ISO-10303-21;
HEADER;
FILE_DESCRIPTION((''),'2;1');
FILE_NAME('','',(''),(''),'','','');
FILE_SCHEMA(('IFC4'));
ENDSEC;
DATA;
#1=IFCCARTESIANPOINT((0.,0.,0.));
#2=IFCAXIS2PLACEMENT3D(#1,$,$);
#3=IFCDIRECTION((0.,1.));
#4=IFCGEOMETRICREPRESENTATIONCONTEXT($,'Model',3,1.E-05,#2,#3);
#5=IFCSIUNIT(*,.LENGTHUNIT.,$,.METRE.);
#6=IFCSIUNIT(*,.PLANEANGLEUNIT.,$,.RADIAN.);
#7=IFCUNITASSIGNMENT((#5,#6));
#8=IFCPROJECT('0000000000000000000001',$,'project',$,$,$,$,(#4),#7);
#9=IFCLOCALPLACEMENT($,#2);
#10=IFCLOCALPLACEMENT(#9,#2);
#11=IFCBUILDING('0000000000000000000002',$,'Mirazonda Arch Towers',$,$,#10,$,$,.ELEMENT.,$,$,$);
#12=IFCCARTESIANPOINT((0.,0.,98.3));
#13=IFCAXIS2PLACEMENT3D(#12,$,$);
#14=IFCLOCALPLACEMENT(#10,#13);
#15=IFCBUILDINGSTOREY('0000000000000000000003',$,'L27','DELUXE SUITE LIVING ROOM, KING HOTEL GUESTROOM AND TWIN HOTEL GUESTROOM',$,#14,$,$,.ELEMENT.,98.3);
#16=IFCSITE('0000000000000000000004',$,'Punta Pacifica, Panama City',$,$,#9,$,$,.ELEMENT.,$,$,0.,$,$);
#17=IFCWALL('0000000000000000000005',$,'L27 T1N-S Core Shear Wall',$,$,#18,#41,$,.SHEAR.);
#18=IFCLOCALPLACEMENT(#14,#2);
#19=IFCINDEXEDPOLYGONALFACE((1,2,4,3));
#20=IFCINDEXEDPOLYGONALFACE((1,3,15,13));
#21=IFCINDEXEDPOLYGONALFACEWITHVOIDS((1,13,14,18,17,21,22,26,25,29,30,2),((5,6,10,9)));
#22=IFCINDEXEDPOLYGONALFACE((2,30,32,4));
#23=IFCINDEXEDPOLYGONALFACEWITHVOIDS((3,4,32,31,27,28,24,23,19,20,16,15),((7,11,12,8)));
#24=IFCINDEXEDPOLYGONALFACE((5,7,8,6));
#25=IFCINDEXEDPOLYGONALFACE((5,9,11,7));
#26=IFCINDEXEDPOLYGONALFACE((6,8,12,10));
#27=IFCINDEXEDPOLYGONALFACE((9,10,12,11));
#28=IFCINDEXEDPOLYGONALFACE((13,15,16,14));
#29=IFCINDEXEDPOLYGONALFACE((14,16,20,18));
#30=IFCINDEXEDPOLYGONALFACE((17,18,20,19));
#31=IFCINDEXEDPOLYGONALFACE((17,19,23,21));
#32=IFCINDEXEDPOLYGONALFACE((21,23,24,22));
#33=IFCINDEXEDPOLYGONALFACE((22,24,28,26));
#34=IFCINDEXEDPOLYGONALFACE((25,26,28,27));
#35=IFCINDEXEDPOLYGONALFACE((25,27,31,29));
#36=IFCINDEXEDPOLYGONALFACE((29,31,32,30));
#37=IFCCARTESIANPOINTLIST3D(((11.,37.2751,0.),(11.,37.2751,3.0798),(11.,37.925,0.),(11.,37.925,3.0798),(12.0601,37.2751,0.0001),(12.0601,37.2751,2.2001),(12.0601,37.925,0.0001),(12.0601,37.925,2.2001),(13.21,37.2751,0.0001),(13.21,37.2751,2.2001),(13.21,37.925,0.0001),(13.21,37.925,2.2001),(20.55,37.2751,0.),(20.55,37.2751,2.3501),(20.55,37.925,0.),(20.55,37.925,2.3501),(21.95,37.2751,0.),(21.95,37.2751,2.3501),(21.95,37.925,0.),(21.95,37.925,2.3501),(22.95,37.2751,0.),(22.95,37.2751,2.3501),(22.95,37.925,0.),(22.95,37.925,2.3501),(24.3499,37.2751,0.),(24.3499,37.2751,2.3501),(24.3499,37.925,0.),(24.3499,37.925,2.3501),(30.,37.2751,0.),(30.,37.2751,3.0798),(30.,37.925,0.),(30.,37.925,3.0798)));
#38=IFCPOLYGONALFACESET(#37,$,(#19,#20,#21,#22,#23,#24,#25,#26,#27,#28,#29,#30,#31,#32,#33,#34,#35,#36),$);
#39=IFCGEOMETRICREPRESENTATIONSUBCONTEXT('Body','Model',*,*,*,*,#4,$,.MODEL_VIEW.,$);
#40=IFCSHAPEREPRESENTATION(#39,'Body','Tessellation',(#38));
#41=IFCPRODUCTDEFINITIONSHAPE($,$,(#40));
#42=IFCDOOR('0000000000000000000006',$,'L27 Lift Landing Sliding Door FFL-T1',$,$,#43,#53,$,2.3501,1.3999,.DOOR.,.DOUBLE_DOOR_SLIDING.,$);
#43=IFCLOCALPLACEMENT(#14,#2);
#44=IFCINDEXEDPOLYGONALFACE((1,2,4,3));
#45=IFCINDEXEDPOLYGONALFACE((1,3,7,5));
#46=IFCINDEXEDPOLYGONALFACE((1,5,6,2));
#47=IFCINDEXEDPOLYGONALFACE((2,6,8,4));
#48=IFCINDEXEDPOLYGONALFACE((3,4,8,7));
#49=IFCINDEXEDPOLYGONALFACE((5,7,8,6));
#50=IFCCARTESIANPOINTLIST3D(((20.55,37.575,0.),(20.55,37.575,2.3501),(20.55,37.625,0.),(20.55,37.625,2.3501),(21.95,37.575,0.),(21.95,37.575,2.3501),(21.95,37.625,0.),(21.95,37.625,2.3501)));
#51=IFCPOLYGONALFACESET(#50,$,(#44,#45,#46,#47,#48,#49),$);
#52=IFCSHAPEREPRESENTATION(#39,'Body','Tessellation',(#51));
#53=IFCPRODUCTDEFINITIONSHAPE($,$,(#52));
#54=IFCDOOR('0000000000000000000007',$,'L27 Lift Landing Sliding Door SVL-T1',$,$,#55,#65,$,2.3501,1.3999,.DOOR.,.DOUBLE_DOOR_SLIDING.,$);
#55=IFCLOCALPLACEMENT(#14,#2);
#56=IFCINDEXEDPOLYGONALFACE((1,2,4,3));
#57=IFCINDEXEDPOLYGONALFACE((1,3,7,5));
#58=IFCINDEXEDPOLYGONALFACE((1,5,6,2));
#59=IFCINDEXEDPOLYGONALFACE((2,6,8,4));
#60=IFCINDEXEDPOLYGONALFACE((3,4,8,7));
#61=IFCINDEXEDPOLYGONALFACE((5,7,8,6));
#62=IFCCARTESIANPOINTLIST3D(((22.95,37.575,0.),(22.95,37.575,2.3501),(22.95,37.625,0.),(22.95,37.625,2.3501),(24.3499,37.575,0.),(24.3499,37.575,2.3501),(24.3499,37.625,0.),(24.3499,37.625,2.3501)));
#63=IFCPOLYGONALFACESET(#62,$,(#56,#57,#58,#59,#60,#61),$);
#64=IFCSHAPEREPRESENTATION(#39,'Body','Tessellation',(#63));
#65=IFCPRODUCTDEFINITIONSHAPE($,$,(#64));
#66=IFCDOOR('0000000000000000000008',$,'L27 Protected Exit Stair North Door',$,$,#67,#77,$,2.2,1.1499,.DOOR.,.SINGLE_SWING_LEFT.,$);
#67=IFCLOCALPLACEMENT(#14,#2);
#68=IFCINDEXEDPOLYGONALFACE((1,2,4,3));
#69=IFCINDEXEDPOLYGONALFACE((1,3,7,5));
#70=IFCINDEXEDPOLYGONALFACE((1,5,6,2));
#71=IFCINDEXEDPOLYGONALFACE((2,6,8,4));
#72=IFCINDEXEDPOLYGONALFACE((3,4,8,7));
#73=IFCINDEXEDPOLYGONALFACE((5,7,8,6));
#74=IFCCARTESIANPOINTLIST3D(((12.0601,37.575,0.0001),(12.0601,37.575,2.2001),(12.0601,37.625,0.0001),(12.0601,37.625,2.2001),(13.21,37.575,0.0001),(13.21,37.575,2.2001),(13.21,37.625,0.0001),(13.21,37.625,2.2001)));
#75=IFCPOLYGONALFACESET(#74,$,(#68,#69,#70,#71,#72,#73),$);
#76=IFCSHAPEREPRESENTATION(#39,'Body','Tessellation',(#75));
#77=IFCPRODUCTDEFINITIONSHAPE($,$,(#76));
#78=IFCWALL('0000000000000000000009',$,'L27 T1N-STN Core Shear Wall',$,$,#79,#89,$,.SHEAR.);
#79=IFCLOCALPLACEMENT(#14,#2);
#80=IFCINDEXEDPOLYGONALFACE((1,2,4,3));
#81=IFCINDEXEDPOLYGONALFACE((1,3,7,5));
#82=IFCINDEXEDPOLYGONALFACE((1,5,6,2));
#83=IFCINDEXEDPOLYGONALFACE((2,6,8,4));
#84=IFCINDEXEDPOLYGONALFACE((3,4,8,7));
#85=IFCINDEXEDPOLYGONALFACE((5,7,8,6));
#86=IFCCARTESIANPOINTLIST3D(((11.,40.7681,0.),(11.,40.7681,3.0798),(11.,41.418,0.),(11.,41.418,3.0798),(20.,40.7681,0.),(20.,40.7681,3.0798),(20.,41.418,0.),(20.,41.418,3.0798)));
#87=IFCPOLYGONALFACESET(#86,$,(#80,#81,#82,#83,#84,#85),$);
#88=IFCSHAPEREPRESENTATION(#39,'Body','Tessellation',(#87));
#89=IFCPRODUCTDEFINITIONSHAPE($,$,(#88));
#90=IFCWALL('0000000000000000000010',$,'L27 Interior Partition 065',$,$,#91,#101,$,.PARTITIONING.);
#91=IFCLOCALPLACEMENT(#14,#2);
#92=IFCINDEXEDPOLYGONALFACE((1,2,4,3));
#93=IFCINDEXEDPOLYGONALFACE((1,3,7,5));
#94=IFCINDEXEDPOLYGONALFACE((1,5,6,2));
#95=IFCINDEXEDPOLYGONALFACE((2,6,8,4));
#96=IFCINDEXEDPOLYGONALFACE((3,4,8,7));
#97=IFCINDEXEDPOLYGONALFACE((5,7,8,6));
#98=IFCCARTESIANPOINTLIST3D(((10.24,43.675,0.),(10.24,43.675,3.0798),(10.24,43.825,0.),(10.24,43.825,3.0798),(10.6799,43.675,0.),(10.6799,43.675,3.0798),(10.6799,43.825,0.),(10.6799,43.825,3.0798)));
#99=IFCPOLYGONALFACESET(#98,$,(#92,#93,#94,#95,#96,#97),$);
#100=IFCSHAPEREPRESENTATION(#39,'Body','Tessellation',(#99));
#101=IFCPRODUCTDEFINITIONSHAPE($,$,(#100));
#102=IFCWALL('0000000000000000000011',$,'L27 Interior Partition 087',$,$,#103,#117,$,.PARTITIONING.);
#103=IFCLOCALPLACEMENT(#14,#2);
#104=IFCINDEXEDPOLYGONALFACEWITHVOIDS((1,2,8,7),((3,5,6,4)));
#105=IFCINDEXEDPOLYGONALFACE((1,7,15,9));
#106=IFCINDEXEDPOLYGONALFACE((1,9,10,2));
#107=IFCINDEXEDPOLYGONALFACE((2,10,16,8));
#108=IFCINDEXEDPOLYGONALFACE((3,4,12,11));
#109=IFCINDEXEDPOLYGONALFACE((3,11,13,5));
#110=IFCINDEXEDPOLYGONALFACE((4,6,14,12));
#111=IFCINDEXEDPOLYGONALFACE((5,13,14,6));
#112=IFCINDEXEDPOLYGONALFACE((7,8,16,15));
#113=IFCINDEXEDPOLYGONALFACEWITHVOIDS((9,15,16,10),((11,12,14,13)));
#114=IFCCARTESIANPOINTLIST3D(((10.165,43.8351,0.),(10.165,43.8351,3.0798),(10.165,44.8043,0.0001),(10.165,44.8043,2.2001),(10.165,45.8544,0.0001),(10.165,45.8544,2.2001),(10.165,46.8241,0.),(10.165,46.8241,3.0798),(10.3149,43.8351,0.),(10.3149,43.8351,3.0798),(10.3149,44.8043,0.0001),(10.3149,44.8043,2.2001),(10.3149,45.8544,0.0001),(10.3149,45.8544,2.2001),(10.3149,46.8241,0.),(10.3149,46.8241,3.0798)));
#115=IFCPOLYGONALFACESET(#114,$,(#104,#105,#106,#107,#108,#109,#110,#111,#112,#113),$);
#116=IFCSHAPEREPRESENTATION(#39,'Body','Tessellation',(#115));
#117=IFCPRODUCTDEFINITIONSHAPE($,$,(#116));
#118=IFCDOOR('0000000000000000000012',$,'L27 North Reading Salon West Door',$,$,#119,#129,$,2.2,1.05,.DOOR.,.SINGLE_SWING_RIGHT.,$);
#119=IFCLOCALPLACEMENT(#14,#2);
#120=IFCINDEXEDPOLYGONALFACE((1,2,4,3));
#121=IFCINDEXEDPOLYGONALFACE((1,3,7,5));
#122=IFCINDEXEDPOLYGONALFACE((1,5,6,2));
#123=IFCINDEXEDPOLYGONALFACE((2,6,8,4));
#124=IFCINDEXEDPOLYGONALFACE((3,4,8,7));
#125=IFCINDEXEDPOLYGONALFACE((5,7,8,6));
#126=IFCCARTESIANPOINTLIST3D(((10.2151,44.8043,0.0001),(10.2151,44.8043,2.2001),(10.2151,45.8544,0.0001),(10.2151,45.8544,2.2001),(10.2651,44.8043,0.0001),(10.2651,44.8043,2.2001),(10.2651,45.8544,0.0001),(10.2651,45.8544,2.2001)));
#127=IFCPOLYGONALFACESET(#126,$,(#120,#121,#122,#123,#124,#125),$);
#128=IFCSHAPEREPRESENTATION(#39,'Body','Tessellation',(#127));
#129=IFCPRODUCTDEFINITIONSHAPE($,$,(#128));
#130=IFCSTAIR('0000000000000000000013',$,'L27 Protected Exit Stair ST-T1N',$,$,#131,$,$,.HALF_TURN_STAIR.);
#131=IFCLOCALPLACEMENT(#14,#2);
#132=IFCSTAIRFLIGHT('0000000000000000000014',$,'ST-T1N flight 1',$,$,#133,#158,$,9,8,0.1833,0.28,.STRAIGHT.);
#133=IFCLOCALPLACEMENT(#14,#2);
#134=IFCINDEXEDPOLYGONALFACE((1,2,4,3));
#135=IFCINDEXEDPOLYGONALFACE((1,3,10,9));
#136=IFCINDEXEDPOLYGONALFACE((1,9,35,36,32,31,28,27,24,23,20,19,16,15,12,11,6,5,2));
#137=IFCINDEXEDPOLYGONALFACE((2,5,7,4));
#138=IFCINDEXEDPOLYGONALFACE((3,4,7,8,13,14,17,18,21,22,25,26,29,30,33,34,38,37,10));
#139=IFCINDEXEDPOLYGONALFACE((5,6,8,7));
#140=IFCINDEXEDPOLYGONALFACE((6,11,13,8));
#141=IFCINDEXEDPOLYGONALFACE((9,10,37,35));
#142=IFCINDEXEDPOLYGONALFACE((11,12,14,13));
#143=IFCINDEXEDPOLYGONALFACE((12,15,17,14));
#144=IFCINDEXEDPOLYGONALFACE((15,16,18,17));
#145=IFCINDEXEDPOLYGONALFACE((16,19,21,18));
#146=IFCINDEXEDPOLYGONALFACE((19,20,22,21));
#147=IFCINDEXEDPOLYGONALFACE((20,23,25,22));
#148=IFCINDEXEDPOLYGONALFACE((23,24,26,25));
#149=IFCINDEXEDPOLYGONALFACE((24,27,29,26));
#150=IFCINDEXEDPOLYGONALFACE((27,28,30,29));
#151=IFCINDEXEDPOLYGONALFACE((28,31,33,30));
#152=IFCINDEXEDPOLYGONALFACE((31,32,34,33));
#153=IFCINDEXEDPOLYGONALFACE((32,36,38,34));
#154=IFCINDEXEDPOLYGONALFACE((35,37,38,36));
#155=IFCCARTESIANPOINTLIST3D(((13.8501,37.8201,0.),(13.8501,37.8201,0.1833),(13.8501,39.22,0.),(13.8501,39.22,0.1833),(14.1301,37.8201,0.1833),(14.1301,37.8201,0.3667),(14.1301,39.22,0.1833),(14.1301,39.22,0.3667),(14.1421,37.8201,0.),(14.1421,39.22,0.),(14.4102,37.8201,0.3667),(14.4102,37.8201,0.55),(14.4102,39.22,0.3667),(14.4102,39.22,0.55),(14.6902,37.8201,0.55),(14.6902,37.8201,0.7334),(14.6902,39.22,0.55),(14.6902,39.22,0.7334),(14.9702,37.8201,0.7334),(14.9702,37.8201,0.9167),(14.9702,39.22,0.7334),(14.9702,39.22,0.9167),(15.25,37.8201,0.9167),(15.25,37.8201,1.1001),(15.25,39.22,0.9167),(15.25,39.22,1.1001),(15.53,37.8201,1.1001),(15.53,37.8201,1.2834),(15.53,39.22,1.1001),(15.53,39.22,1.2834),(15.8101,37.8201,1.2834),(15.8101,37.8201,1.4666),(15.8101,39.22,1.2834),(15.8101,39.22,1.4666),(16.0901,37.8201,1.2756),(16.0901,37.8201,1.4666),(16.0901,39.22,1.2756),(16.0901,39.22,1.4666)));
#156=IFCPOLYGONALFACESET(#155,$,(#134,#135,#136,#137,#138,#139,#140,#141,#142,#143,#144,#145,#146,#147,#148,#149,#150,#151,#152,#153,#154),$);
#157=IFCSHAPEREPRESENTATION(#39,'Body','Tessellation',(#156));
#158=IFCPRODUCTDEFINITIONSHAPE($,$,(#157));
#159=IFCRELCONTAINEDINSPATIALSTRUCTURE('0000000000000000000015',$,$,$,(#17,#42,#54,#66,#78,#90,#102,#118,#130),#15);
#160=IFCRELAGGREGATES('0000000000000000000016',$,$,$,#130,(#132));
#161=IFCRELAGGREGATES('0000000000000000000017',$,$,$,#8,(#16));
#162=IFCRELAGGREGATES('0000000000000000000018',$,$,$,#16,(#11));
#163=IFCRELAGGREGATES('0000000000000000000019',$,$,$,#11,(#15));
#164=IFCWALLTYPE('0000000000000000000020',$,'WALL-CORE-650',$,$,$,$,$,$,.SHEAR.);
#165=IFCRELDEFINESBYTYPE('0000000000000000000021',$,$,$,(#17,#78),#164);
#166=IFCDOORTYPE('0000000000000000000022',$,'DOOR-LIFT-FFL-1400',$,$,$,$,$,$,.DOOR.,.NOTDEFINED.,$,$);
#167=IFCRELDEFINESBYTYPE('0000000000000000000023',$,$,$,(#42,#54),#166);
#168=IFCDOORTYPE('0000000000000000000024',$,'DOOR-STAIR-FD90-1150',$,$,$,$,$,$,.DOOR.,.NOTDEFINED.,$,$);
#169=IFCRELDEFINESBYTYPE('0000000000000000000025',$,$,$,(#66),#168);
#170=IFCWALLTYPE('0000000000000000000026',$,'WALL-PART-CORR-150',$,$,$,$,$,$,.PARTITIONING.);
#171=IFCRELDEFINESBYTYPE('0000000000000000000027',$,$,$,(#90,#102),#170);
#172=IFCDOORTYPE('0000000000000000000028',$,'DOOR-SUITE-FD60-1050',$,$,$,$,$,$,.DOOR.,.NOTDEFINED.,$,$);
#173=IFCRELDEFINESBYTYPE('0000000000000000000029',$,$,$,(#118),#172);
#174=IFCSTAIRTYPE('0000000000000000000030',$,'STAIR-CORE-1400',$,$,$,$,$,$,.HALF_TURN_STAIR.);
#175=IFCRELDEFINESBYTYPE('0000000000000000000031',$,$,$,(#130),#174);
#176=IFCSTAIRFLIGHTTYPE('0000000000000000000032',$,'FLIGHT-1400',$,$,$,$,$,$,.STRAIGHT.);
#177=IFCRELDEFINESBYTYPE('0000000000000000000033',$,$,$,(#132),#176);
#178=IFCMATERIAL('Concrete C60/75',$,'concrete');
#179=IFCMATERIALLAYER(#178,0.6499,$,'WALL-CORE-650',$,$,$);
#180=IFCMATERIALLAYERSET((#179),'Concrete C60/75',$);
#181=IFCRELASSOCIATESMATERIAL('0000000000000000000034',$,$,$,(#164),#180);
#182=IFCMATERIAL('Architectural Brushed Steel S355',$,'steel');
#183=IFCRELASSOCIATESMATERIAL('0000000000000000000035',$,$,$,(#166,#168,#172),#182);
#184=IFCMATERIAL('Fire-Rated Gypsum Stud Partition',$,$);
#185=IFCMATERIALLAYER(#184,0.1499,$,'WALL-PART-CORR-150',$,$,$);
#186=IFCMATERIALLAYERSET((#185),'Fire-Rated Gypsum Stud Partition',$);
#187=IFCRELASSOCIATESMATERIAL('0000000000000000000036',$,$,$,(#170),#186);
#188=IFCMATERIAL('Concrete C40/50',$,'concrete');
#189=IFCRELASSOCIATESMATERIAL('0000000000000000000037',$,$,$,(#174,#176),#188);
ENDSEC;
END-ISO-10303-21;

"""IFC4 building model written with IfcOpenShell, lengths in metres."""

from ifc_helpers import new_model, si_unit, direction, frame, frame_2d, origin, place, context, subcontext, project, spatial, polyline, rectangle, outline, extrude, material, layer, layer_set, type_object, element, fill, aggregate, save


model = new_model("IFC4")

# Units and contexts
model_context = context("Model", 3, precision=1e-05, world=origin(), true_north=direction((0.0, 1.0)))
body_context = subcontext(model_context, "Body", "Model", "MODEL_VIEW")
ifc_project = project(units=[si_unit("LENGTHUNIT", "METRE"), si_unit("PLANEANGLEUNIT", "RADIAN")], contexts=[model_context])

# Site, building, storey
site_placement = place(None, origin())
site = spatial("IfcSite", under=ifc_project, at=site_placement, Name="Punta Pacifica, Panama City", CompositionType="ELEMENT", RefElevation=0.0)
building_placement = place(site_placement, origin())
building = spatial("IfcBuilding", under=site, at=building_placement, Name="Mirazonda Arch Towers", CompositionType="ELEMENT")
storey_placement = place(building_placement, frame((0.0, 0.0, 98.3)))
storey = spatial("IfcBuildingStorey", under=building, at=storey_placement, Name="L27", Description="DELUXE SUITE LIVING ROOM, KING HOTEL GUESTROOM AND TWIN HOTEL GUESTROOM", CompositionType="ELEMENT", Elevation=98.3)

# Shared definitions
ifc_material_1 = material(Name="Concrete C60/75", Category="concrete")
ifc_layer_1 = layer(ifc_material_1, 0.6499, Name="WALL-CORE-650")
ifc_layer_set_1 = layer_set([ifc_layer_1], Name="Concrete C60/75")
wall_type_1 = type_object("IfcWallType", Name="WALL-CORE-650", PredefinedType="SHEAR", material=ifc_layer_set_1)

# Wall, openings, doors
wall_1_placement = place(storey_placement, frame((11.0, 37.6001, 0.0), z_axis=(0.0, 0.0, 1.0), x_axis=(1.0, 0.0, 0.0)))
wall_1 = element("IfcWall", 1, at=wall_1_placement, inside=storey, type_object=wall_type_1, Name="L27 T1N-S Core Shear Wall", PredefinedType="SHEAR", context=body_context, shape_type="SweptSolid", body=[
    extrude(rectangle(XDim=19.0, YDim=0.6499, at=frame_2d((9.5, 0.0))), origin(), (0.0, 0.0, 1.0), 3.0798),
])
opening_1_placement = place(wall_1_placement, frame((1.0601, 0.0, 0.0)))
opening_1 = element("IfcOpeningElement", 2, at=opening_1_placement, cuts=wall_1, PredefinedType="OPENING", context=body_context, shape_type="SweptSolid", body=[
    extrude(rectangle(XDim=1.1499, YDim=2.2, at=frame_2d((0.575, 1.1001))), frame((0.0, 0.335, 0.0), z_axis=(0.0, -1.0, 0.0), x_axis=(1.0, 0.0, 0.0)), (0.0, 0.0, 1.0), 0.6699),
])
opening_2_placement = place(wall_1_placement, frame((9.55, 0.0, 0.0)))
opening_2 = element("IfcOpeningElement", 3, at=opening_2_placement, cuts=wall_1, PredefinedType="OPENING", context=body_context, shape_type="SweptSolid", body=[
    extrude(rectangle(XDim=1.3999, YDim=2.3501, at=frame_2d((0.7, 1.175))), frame((0.0, 0.335, 0.0), z_axis=(0.0, -1.0, 0.0), x_axis=(1.0, 0.0, 0.0)), (0.0, 0.0, 1.0), 0.6699),
])
opening_3_placement = place(wall_1_placement, frame((11.95, 0.0, 0.0)))
opening_3 = element("IfcOpeningElement", 4, at=opening_3_placement, cuts=wall_1, PredefinedType="OPENING", context=body_context, shape_type="SweptSolid", body=[
    extrude(rectangle(XDim=1.3999, YDim=2.3501, at=frame_2d((0.7, 1.175))), frame((0.0, 0.335, 0.0), z_axis=(0.0, -1.0, 0.0), x_axis=(1.0, 0.0, 0.0)), (0.0, 0.0, 1.0), 0.6699),
])
ifc_material_2 = material(Name="Architectural Brushed Steel S355", Category="steel")
door_type_1 = type_object("IfcDoorType", Name="DOOR-LIFT-FFL-1400", OperationType="NOTDEFINED", PredefinedType="DOOR", material=ifc_material_2)
door_1_placement = place(opening_2_placement, origin())
door_1 = element("IfcDoor", 5, at=door_1_placement, inside=storey, type_object=door_type_1, Name="L27 Lift Landing Sliding Door FFL-T1", OperationType="DOUBLE_DOOR_SLIDING", OverallHeight=2.3501, OverallWidth=1.3999, PredefinedType="DOOR", context=body_context, shape_type="SweptSolid", body=[
    extrude(rectangle(XDim=1.3999, YDim=2.3501, at=frame_2d((0.7, 1.175))), frame((0.0, 0.0249, 0.0), z_axis=(0.0, -1.0, 0.0), x_axis=(1.0, 0.0, 0.0)), (0.0, 0.0, 1.0), 0.05),
])
fill(opening_2, door_1)
door_2_placement = place(opening_3_placement, origin())
door_2 = element("IfcDoor", 6, at=door_2_placement, inside=storey, type_object=door_type_1, Name="L27 Lift Landing Sliding Door SVL-T1", OperationType="DOUBLE_DOOR_SLIDING", OverallHeight=2.3501, OverallWidth=1.3999, PredefinedType="DOOR", context=body_context, shape_type="SweptSolid", body=[
    extrude(rectangle(XDim=1.3999, YDim=2.3501, at=frame_2d((0.7, 1.175))), frame((0.0, 0.0249, 0.0), z_axis=(0.0, -1.0, 0.0), x_axis=(1.0, 0.0, 0.0)), (0.0, 0.0, 1.0), 0.05),
])
fill(opening_3, door_2)
door_type_2 = type_object("IfcDoorType", Name="DOOR-STAIR-FD90-1150", OperationType="NOTDEFINED", PredefinedType="DOOR", material=ifc_material_2)
door_3_placement = place(opening_1_placement, origin())
door_3 = element("IfcDoor", 7, at=door_3_placement, inside=storey, type_object=door_type_2, Name="L27 Protected Exit Stair North Door", OperationType="SINGLE_SWING_LEFT", OverallHeight=2.2, OverallWidth=1.1499, PredefinedType="DOOR", context=body_context, shape_type="SweptSolid", body=[
    extrude(rectangle(XDim=1.1499, YDim=2.2, at=frame_2d((0.575, 1.1001))), frame((0.0, 0.0249, 0.0), z_axis=(0.0, -1.0, 0.0), x_axis=(1.0, 0.0, 0.0)), (0.0, 0.0, 1.0), 0.05),
])
fill(opening_1, door_3)

# Walls
wall_2_placement = place(storey_placement, frame((11.0, 41.093, 0.0), z_axis=(0.0, 0.0, 1.0), x_axis=(1.0, 0.0, 0.0)))
element("IfcWall", 8, at=wall_2_placement, inside=storey, type_object=wall_type_1, Name="L27 T1N-STN Core Shear Wall", PredefinedType="SHEAR", context=body_context, shape_type="SweptSolid", body=[
    extrude(rectangle(XDim=9.0, YDim=0.6499, at=frame_2d((4.5, 0.0))), origin(), (0.0, 0.0, 1.0), 3.0798),
])
ifc_material_3 = material(Name="Fire-Rated Gypsum Stud Partition")
ifc_layer_2 = layer(ifc_material_3, 0.1499, Name="WALL-PART-CORR-150")
ifc_layer_set_2 = layer_set([ifc_layer_2], Name="Fire-Rated Gypsum Stud Partition")
wall_type_2 = type_object("IfcWallType", Name="WALL-PART-CORR-150", PredefinedType="PARTITIONING", material=ifc_layer_set_2)
wall_3_placement = place(storey_placement, frame((10.24, 43.75, 0.0), z_axis=(0.0, 0.0, 1.0), x_axis=(1.0, 0.0, 0.0)))
element("IfcWall", 9, at=wall_3_placement, inside=storey, type_object=wall_type_2, Name="L27 Interior Partition 065", PredefinedType="PARTITIONING", context=body_context, shape_type="SweptSolid", body=[
    extrude(rectangle(XDim=0.4399, YDim=0.1499, at=frame_2d((0.22, 0.0))), origin(), (0.0, 0.0, 1.0), 3.0798),
])

# Wall, opening, door
wall_4_placement = place(storey_placement, frame((10.24, 43.835, 0.0), z_axis=(0.0, 0.0, 1.0), x_axis=(0.0, 1.0, 0.0)))
wall_4 = element("IfcWall", 10, at=wall_4_placement, inside=storey, type_object=wall_type_2, Name="L27 Interior Partition 087", PredefinedType="PARTITIONING", context=body_context, shape_type="SweptSolid", body=[
    extrude(rectangle(XDim=2.989, YDim=0.1499, at=frame_2d((1.4946, 0.0))), origin(), (0.0, 0.0, 1.0), 3.0798),
])
opening_4_placement = place(wall_4_placement, frame((0.9695, 0.0, 0.0)))
opening_4 = element("IfcOpeningElement", 11, at=opening_4_placement, cuts=wall_4, PredefinedType="OPENING", context=body_context, shape_type="SweptSolid", body=[
    extrude(rectangle(XDim=1.05, YDim=2.2, at=frame_2d((0.5249, 1.1001))), frame((0.0, 0.085, 0.0), z_axis=(0.0, -1.0, 0.0), x_axis=(1.0, 0.0, 0.0)), (0.0, 0.0, 1.0), 0.1699),
])
door_type_3 = type_object("IfcDoorType", Name="DOOR-SUITE-FD60-1050", OperationType="NOTDEFINED", PredefinedType="DOOR", material=ifc_material_2)
door_4_placement = place(opening_4_placement, origin())
door_4 = element("IfcDoor", 12, at=door_4_placement, inside=storey, type_object=door_type_3, Name="L27 North Reading Salon West Door", OperationType="SINGLE_SWING_RIGHT", OverallHeight=2.2, OverallWidth=1.05, PredefinedType="DOOR", context=body_context, shape_type="SweptSolid", body=[
    extrude(rectangle(XDim=1.05, YDim=2.2, at=frame_2d((0.5249, 1.1001))), frame((0.0, 0.0249, 0.0), z_axis=(0.0, -1.0, 0.0), x_axis=(1.0, 0.0, 0.0)), (0.0, 0.0, 1.0), 0.05),
])
fill(opening_4, door_4)

# Stair, stair flight
ifc_material_4 = material(Name="Concrete C40/50", Category="concrete")
stair_type = type_object("IfcStairType", Name="STAIR-CORE-1400", PredefinedType="HALF_TURN_STAIR", material=ifc_material_4)
stair_placement = place(storey_placement, origin())
stair = element("IfcStair", 13, at=stair_placement, inside=storey, type_object=stair_type, Name="L27 Protected Exit Stair ST-T1N", PredefinedType="HALF_TURN_STAIR")
stair_flight_type = type_object("IfcStairFlightType", Name="FLIGHT-1400", PredefinedType="STRAIGHT", material=ifc_material_4)
stair_flight_placement = place(storey_placement, frame((13.8501, 38.52, 0.0), z_axis=(0.0, 0.0, 1.0), x_axis=(1.0, 0.0, 0.0)))
stair_flight = element("IfcStairFlight", 14, at=stair_flight_placement, type_object=stair_flight_type, Name="ST-T1N flight 1", NumberOfRisers=9, NumberOfTreads=8, PredefinedType="STRAIGHT", RiserHeight=0.1833, TreadLength=0.28, context=body_context, shape_type="SweptSolid", body=[
    extrude(outline(polyline([(0.0, 0.0), (0.0, 0.1833), (0.28, 0.1833), (0.28, 0.3667), (0.5601, 0.3667), (0.5601, 0.55), (0.8401, 0.55), (0.8401, 0.7334), (1.1201, 0.7334), (1.1201, 0.9167), (1.3999, 0.9167), (1.3999, 1.1001), (1.6799, 1.1001), (1.6799, 1.2834), (1.96, 1.2834), (1.96, 1.4666), (2.24, 1.4666), (2.24, 1.6499), (2.24, 1.2756), (0.292, 0.0), (0.0, 0.0)])), frame((0.0, 0.7, 0.0), z_axis=(0.0, -1.0, 0.0), x_axis=(1.0, 0.0, 0.0)), (0.0, 0.0, 1.0), 1.3999),
])
aggregate(stair, [stair_flight])

save(model, "model.ifc")
